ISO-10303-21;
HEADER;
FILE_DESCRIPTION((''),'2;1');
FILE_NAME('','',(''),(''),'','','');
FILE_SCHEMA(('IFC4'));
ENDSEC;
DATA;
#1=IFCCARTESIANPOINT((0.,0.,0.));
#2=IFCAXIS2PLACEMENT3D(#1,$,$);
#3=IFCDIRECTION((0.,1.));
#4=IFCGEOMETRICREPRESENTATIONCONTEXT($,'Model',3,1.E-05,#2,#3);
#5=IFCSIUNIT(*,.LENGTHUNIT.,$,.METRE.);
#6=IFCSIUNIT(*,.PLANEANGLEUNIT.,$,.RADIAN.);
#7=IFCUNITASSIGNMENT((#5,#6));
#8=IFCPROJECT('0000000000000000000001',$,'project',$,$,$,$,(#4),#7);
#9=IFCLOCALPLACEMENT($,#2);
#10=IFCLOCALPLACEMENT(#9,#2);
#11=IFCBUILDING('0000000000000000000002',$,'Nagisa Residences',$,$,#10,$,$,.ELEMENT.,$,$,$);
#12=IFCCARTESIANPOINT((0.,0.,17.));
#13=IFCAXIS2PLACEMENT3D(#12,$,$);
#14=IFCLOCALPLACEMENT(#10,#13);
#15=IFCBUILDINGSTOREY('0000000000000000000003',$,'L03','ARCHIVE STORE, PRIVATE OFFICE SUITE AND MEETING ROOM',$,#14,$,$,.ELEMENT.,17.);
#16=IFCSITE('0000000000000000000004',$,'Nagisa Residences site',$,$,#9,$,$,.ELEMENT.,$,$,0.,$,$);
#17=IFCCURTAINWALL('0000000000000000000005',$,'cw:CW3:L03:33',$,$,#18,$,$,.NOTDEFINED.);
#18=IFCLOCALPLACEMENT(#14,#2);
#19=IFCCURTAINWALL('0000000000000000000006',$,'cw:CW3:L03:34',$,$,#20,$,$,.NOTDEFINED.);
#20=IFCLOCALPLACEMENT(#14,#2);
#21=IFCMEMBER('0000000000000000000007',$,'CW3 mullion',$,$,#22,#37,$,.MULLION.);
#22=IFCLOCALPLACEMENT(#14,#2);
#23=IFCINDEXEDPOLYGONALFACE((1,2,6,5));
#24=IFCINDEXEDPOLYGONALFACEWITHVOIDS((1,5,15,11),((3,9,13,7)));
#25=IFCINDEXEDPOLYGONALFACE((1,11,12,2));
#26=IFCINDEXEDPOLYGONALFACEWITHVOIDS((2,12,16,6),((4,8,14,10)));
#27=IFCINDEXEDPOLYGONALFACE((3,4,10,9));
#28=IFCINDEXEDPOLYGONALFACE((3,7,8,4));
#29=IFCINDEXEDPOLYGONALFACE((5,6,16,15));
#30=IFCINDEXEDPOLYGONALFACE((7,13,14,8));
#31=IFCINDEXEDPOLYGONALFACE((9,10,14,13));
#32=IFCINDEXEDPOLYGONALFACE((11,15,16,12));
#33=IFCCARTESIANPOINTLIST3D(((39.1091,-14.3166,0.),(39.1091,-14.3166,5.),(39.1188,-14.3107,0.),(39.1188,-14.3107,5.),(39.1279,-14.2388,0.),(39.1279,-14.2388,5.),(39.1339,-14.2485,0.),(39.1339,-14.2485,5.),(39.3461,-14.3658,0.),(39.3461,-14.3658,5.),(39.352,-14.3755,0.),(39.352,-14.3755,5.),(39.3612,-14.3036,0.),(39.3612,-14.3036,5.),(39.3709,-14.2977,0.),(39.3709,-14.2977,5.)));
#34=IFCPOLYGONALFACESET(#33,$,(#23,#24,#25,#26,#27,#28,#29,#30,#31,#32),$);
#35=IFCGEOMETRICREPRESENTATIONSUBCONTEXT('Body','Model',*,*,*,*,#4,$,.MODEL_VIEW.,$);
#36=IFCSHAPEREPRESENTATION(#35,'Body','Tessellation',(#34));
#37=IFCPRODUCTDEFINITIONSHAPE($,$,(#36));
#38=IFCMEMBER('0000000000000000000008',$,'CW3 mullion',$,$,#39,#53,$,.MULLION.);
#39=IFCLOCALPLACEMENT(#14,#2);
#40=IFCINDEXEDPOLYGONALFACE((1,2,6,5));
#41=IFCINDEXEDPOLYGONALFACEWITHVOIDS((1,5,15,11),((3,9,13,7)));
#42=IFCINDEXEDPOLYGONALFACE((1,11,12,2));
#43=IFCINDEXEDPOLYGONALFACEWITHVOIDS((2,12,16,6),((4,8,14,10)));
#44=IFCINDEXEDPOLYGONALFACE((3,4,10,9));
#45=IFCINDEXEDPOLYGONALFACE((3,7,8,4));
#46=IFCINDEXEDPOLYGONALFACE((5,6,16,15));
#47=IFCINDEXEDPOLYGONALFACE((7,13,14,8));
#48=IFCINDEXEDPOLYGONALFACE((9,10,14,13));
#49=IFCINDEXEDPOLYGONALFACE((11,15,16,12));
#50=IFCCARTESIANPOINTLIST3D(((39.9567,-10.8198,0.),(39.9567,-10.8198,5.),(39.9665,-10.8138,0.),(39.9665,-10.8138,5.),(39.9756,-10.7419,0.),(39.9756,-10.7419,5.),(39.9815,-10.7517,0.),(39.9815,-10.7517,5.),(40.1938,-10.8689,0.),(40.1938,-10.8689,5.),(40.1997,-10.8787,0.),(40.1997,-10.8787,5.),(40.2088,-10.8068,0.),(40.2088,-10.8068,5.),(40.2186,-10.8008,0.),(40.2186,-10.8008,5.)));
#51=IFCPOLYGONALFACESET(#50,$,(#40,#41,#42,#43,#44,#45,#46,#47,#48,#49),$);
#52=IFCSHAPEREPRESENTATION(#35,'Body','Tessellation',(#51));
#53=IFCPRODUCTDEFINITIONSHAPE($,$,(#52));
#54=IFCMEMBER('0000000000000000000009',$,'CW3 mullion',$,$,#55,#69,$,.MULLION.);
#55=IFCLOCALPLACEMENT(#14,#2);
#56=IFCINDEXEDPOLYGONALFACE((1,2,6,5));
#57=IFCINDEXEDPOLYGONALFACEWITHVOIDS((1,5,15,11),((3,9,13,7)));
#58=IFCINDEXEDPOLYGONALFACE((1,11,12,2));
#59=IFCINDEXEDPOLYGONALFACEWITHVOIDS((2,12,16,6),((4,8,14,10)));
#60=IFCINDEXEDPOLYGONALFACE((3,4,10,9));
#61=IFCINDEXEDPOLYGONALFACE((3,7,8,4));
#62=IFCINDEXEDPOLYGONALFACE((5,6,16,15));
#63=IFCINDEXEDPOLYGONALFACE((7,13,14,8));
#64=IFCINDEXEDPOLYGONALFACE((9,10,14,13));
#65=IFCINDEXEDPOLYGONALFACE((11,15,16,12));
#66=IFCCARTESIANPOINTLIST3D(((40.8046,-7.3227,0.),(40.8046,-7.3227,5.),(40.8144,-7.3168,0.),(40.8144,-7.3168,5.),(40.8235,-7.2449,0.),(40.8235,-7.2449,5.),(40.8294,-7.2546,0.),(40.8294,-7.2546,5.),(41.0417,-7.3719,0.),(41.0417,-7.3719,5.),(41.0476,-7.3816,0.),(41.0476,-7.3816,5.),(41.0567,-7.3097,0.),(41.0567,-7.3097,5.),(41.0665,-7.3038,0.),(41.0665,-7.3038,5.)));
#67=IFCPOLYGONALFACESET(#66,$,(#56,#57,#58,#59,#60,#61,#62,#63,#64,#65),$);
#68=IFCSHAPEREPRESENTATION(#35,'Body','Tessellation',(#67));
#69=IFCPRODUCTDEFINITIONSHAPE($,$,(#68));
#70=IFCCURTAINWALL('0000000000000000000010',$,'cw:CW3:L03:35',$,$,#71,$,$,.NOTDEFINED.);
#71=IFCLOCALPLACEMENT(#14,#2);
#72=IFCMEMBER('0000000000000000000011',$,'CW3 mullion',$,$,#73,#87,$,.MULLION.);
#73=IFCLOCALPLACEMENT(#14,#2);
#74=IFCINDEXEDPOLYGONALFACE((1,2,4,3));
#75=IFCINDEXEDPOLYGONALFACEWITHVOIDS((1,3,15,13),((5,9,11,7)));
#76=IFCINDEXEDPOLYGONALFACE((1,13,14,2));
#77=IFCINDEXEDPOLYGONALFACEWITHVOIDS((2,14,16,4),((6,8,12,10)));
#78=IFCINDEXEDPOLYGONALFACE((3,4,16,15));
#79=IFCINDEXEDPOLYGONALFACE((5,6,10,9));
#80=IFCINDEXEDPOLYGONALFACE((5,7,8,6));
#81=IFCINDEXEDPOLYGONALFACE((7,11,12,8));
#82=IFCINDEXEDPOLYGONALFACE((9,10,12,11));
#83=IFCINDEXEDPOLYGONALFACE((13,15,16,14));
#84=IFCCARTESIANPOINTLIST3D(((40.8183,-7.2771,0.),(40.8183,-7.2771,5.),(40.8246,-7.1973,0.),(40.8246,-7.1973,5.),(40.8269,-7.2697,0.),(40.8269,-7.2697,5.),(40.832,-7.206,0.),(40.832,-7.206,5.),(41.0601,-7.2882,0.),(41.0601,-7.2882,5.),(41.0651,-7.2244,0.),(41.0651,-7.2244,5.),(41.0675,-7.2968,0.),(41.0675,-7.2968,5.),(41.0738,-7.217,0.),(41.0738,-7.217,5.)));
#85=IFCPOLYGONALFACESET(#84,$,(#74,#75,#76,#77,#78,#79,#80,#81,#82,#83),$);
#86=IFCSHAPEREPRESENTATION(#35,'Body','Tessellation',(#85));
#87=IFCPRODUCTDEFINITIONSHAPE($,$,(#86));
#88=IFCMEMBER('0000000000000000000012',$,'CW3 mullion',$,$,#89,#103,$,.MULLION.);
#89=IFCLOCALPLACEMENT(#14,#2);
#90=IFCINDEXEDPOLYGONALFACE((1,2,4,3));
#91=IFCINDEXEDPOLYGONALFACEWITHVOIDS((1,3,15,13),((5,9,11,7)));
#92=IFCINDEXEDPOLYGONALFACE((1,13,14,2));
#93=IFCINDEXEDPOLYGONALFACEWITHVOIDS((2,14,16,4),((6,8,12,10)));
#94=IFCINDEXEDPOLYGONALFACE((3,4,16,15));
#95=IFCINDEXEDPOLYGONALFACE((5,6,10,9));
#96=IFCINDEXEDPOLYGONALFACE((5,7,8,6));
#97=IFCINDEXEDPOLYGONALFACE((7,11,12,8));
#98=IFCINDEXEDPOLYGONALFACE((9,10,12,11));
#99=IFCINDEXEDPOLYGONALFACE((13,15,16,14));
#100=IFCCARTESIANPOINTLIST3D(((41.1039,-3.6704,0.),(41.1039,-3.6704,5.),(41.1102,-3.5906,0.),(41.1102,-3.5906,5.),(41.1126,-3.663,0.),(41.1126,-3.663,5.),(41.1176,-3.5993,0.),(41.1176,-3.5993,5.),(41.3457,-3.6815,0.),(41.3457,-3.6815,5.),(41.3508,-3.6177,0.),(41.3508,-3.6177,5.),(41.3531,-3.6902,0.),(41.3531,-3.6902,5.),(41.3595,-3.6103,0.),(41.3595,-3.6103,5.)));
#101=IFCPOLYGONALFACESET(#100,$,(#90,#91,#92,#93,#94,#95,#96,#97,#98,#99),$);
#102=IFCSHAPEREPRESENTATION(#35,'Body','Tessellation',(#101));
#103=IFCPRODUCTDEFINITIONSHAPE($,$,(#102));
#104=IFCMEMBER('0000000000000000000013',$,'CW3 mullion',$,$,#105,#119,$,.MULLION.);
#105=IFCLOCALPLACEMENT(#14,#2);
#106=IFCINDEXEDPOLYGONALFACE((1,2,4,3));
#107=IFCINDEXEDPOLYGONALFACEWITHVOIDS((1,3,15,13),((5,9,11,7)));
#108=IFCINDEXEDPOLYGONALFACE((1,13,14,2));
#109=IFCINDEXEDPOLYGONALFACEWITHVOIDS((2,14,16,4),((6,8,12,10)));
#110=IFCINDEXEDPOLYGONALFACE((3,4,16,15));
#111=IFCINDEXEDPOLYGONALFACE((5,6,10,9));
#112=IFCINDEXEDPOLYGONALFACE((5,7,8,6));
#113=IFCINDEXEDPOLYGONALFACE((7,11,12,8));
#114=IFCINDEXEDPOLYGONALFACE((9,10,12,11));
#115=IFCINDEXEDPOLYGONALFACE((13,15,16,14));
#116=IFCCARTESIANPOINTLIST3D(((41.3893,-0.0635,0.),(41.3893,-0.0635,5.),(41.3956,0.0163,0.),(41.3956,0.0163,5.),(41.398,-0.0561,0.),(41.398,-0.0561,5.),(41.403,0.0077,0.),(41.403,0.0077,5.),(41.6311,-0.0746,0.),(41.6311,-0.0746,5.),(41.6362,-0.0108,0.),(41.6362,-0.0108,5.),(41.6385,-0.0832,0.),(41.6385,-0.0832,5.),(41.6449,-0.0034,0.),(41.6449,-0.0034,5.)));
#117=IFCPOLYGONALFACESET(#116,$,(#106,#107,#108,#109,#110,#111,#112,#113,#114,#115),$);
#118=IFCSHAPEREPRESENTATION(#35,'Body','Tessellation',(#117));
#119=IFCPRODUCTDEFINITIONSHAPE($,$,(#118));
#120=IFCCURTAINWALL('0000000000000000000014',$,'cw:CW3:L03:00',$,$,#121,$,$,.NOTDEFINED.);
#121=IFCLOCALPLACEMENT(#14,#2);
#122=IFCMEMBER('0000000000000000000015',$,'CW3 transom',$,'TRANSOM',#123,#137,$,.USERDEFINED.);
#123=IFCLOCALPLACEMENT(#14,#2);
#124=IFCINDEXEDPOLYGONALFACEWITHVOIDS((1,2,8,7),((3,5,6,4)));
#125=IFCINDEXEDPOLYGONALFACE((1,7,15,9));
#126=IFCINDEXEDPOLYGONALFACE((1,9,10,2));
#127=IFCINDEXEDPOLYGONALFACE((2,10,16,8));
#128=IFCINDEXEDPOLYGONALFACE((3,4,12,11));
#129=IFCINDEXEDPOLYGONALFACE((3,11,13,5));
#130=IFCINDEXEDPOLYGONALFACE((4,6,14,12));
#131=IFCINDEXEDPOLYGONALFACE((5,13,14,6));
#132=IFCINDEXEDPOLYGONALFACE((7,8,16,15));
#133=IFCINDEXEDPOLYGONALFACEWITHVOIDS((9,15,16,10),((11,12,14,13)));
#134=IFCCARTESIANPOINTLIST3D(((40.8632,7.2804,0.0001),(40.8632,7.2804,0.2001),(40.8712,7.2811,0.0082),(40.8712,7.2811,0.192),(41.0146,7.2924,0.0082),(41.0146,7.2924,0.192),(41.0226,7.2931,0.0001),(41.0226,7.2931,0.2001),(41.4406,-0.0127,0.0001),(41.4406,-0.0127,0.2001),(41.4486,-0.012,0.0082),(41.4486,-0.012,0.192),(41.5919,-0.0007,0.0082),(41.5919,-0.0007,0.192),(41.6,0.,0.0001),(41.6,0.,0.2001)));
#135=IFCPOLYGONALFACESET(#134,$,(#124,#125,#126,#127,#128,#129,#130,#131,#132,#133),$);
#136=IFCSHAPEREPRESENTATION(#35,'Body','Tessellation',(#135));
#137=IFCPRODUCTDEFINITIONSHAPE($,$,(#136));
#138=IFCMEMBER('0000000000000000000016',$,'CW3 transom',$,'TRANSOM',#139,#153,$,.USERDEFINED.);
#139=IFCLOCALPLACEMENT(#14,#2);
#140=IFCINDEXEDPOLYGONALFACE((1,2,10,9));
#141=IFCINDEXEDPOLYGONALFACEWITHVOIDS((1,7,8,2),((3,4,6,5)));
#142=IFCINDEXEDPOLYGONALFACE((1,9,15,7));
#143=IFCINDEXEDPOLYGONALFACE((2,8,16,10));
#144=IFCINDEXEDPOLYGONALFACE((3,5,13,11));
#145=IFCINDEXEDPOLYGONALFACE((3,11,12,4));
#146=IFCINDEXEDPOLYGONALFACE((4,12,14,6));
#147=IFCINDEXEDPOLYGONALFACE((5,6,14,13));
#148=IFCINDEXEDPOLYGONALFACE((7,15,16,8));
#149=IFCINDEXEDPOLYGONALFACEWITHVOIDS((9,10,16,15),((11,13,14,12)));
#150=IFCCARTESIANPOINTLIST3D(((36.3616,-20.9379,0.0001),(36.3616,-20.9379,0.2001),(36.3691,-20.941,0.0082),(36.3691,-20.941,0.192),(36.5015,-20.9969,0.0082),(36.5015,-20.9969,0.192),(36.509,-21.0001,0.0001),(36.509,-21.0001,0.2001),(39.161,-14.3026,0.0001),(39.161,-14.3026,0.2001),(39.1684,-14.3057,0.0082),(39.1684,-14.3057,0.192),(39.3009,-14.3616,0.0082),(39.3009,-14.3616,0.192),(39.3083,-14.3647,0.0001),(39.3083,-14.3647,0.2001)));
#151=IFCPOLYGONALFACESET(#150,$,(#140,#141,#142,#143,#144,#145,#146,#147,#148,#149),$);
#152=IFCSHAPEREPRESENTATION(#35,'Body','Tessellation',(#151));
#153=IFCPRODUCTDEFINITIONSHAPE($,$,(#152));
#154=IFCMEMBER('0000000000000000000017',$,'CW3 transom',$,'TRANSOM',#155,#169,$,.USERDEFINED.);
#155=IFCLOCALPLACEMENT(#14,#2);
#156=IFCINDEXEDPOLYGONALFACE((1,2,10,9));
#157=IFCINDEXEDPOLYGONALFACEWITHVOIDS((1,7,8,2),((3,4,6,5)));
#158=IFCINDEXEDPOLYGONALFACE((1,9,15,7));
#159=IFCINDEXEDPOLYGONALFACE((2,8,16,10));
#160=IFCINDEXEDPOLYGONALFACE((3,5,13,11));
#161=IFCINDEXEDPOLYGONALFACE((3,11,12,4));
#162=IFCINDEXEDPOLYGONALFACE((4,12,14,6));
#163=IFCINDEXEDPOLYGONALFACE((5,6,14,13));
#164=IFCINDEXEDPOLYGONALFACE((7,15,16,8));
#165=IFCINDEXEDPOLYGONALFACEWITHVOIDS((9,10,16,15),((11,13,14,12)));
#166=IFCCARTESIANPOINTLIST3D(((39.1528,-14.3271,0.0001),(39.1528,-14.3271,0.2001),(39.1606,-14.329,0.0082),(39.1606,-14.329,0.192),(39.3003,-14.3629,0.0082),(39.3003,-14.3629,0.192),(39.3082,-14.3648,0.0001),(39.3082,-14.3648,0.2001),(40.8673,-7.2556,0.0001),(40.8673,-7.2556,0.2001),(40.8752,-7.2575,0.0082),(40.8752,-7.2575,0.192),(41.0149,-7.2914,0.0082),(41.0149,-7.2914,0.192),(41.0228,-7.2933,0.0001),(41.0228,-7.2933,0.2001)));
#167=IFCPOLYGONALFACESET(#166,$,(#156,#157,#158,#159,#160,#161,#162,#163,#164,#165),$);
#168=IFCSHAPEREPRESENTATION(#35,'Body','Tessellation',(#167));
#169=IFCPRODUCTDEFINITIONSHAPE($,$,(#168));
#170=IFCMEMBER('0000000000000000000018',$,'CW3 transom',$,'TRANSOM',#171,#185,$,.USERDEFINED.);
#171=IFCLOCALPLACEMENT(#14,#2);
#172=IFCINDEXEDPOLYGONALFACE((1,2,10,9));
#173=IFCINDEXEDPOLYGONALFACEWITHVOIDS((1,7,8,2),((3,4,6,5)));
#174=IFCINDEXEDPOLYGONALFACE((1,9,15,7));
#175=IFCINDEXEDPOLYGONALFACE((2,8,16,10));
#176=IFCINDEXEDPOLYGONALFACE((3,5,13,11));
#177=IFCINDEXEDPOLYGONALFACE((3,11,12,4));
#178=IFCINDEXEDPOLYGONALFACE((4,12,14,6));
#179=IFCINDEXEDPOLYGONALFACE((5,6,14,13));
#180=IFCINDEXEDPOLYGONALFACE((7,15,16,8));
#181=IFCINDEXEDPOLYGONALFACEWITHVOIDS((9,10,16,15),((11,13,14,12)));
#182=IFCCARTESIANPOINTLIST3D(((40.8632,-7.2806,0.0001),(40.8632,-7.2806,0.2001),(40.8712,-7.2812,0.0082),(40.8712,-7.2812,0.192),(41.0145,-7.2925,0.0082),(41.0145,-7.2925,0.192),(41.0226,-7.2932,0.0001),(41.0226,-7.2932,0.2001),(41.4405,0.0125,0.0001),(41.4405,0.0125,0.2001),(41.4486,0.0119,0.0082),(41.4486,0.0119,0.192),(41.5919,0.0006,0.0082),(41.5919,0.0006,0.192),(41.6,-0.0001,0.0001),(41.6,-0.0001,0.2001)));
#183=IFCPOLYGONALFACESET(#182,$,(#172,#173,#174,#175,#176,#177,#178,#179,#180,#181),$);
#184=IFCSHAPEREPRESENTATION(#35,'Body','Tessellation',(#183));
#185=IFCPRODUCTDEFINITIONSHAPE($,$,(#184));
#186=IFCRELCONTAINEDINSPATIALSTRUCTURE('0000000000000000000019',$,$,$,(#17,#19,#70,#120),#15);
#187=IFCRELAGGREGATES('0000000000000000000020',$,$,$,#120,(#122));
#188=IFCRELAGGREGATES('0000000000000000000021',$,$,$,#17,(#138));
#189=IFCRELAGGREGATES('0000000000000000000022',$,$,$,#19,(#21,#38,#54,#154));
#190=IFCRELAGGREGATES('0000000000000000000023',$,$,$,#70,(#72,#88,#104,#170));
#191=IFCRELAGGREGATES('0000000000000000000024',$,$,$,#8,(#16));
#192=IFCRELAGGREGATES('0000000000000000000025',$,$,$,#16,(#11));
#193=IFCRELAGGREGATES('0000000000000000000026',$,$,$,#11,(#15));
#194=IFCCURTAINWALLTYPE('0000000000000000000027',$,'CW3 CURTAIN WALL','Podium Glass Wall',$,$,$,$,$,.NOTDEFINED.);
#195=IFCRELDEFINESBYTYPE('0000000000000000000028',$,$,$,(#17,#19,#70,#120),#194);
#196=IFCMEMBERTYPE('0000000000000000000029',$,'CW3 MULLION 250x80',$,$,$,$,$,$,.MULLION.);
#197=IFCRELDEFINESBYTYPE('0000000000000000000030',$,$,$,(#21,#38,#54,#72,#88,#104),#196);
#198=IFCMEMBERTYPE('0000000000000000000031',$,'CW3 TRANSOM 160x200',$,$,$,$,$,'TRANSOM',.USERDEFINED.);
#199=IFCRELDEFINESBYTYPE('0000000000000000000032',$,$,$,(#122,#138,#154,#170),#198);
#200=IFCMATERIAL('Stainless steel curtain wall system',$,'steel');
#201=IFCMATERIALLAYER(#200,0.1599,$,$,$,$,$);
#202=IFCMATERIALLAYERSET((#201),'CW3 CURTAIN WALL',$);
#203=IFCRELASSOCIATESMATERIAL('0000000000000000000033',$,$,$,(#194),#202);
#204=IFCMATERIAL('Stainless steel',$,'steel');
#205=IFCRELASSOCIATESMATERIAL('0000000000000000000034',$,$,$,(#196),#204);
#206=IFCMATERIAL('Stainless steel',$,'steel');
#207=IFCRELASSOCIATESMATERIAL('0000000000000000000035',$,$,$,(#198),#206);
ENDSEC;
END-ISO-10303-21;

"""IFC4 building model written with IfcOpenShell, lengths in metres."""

from ifc_helpers import new_model, si_unit, direction, frame, origin, origin_2d, place, context, subcontext, project, spatial, hollow_rectangle, extrude, material, layer, layer_set, material_profile, profile_set, type_object, element, aggregate, save


model = new_model("IFC4")

# Units and contexts
model_context = context("Model", 3, precision=1e-05, world=origin(), true_north=direction((0.0, 1.0)))
body_context = subcontext(model_context, "Body", "Model", "MODEL_VIEW")
ifc_project = project(units=[si_unit("LENGTHUNIT", "METRE"), si_unit("PLANEANGLEUNIT", "RADIAN")], contexts=[model_context])

# Site, building, storey
site_placement = place(None, origin())
site = spatial("IfcSite", under=ifc_project, at=site_placement, Name="Nagisa Residences site", CompositionType="ELEMENT", RefElevation=0.0)
building_placement = place(site_placement, origin())
building = spatial("IfcBuilding", under=site, at=building_placement, Name="Nagisa Residences", CompositionType="ELEMENT")
storey_placement = place(building_placement, frame((0.0, 0.0, 17.0)))
storey = spatial("IfcBuildingStorey", under=building, at=storey_placement, Name="L03", Description="ARCHIVE STORE, PRIVATE OFFICE SUITE AND MEETING ROOM", CompositionType="ELEMENT", Elevation=17.0)

# Shared definitions
ifc_material_1 = material(Name="Stainless steel curtain wall system", Category="steel")
ifc_layer_1 = layer(ifc_material_1, 0.1599)
ifc_layer_set_1 = layer_set([ifc_layer_1], Name="CW3 CURTAIN WALL")
curtain_wall_type_1 = type_object("IfcCurtainWallType", Name="CW3 CURTAIN WALL", Description="Podium Glass Wall", PredefinedType="NOTDEFINED", material=ifc_layer_set_1)
ifc_material_2 = material(Name="Stainless steel", Category="steel")
ifc_material_profile_1 = material_profile(ifc_material_2, hollow_rectangle(XDim=0.25, YDim=0.0801, WallThickness=0.0081, at=origin_2d()), Name="CW3 MULLION 250x80")
ifc_profile_set_1 = profile_set([ifc_material_profile_1], Name="Stainless steel")
member_type_1 = type_object("IfcMemberType", Name="CW3 MULLION 250x80", PredefinedType="MULLION", material=ifc_profile_set_1)

# Curtain walls, members
curtain_wall_1_placement = place(storey_placement, origin())
curtain_wall_1 = element("IfcCurtainWall", 1, at=curtain_wall_1_placement, inside=storey, type_object=curtain_wall_type_1, Name="cw:CW3:L03:33", PredefinedType="NOTDEFINED")
curtain_wall_2_placement = place(storey_placement, origin())
curtain_wall_2 = element("IfcCurtainWall", 2, at=curtain_wall_2_placement, inside=storey, type_object=curtain_wall_type_1, Name="cw:CW3:L03:34", PredefinedType="NOTDEFINED")
member_1_placement = place(storey_placement, frame((39.24, -14.3071, 0.0), z_axis=(0.0, 0.0, 1.0), x_axis=(-0.971849, 0.235606, 0.0)))
member_1 = element("IfcMember", 3, at=member_1_placement, type_object=member_type_1, Name="CW3 mullion", PredefinedType="MULLION", context=body_context, shape_type="SweptSolid", body=[
    extrude(hollow_rectangle(XDim=0.25, YDim=0.0801, WallThickness=0.0081, at=origin_2d()), origin(), (0.0, 0.0, 1.0), 5.0),
])
member_2_placement = place(storey_placement, frame((40.0876, -10.8103, 0.0), z_axis=(0.0, 0.0, 1.0), x_axis=(-0.971849, 0.235606, 0.0)))
member_2 = element("IfcMember", 4, at=member_2_placement, type_object=member_type_1, Name="CW3 mullion", PredefinedType="MULLION", context=body_context, shape_type="SweptSolid", body=[
    extrude(hollow_rectangle(XDim=0.25, YDim=0.0801, WallThickness=0.0081, at=origin_2d()), origin(), (0.0, 0.0, 1.0), 5.0),
])
member_3_placement = place(storey_placement, frame((40.9355, -7.3132, 0.0), z_axis=(0.0, 0.0, 1.0), x_axis=(-0.971849, 0.235606, 0.0)))
member_3 = element("IfcMember", 5, at=member_3_placement, type_object=member_type_1, Name="CW3 mullion", PredefinedType="MULLION", context=body_context, shape_type="SweptSolid", body=[
    extrude(hollow_rectangle(XDim=0.25, YDim=0.0801, WallThickness=0.0081, at=origin_2d()), origin(), (0.0, 0.0, 1.0), 5.0),
])
curtain_wall_3_placement = place(storey_placement, origin())
curtain_wall_3 = element("IfcCurtainWall", 6, at=curtain_wall_3_placement, inside=storey, type_object=curtain_wall_type_1, Name="cw:CW3:L03:35", PredefinedType="NOTDEFINED")
member_4_placement = place(storey_placement, frame((40.946, -7.2471, 0.0), z_axis=(0.0, 0.0, 1.0), x_axis=(-0.996882, 0.07891, 0.0)))
member_4 = element("IfcMember", 7, at=member_4_placement, type_object=member_type_1, Name="CW3 mullion", PredefinedType="MULLION", context=body_context, shape_type="SweptSolid", body=[
    extrude(hollow_rectangle(XDim=0.25, YDim=0.0801, WallThickness=0.0081, at=origin_2d()), origin(), (0.0, 0.0, 1.0), 5.0),
])
member_5_placement = place(storey_placement, frame((41.2317, -3.6404, 0.0), z_axis=(0.0, 0.0, 1.0), x_axis=(-0.996882, 0.07891, 0.0)))
member_5 = element("IfcMember", 8, at=member_5_placement, type_object=member_type_1, Name="CW3 mullion", PredefinedType="MULLION", context=body_context, shape_type="SweptSolid", body=[
    extrude(hollow_rectangle(XDim=0.25, YDim=0.0801, WallThickness=0.0081, at=origin_2d()), origin(), (0.0, 0.0, 1.0), 5.0),
])
member_6_placement = place(storey_placement, frame((41.5171, -0.0334, 0.0), z_axis=(0.0, 0.0, 1.0), x_axis=(-0.996882, 0.07891, 0.0)))
member_6 = element("IfcMember", 9, at=member_6_placement, type_object=member_type_1, Name="CW3 mullion", PredefinedType="MULLION", context=body_context, shape_type="SweptSolid", body=[
    extrude(hollow_rectangle(XDim=0.25, YDim=0.0801, WallThickness=0.0081, at=origin_2d()), origin(), (0.0, 0.0, 1.0), 5.0),
])

# Curtain wall, member
curtain_wall_4_placement = place(storey_placement, origin())
curtain_wall_4 = element("IfcCurtainWall", 10, at=curtain_wall_4_placement, inside=storey, type_object=curtain_wall_type_1, Name="cw:CW3:L03:00", PredefinedType="NOTDEFINED")
ifc_material_3 = material(Name="Stainless steel", Category="steel")
ifc_material_profile_2 = material_profile(ifc_material_3, hollow_rectangle(XDim=0.1599, YDim=0.2, WallThickness=0.0081, at=origin_2d()), Name="CW3 TRANSOM 160x200")
ifc_profile_set_2 = profile_set([ifc_material_profile_2], Name="Stainless steel")
member_type_2 = type_object("IfcMemberType", Name="CW3 TRANSOM 160x200", ElementType="TRANSOM", PredefinedType="USERDEFINED", material=ifc_profile_set_2)
member_7_placement = place(storey_placement, frame((41.5203, -0.0063, 0.1001), z_axis=(-0.078922, 0.996881, 0.0), x_axis=(-0.996881, -0.078922, 0.0)))
member_7 = element("IfcMember", 11, at=member_7_placement, type_object=member_type_2, Name="CW3 transom", ObjectType="TRANSOM", PredefinedType="USERDEFINED", context=body_context, shape_type="SweptSolid", body=[
    extrude(hollow_rectangle(XDim=0.1599, YDim=0.2, WallThickness=0.0081, at=origin_2d()), origin(), (0.0, 0.0, 1.0), 7.3159),
])
aggregate(curtain_wall_4, [member_7])

# Members
member_8_placement = place(storey_placement, frame((36.4353, -20.969, 0.1001), z_axis=(0.388709, 0.921361, 0.0), x_axis=(-0.921361, 0.388709, 0.0)))
member_8 = element("IfcMember", 12, at=member_8_placement, type_object=member_type_2, Name="CW3 transom", ObjectType="TRANSOM", PredefinedType="USERDEFINED", context=body_context, shape_type="SweptSolid", body=[
    extrude(hollow_rectangle(XDim=0.1599, YDim=0.2, WallThickness=0.0081, at=origin_2d()), origin(), (0.0, 0.0, 1.0), 7.2017),
])
member_9_placement = place(storey_placement, frame((39.2305, -14.3459, 0.1001), z_axis=(0.235637, 0.971841, 0.0), x_axis=(-0.971841, 0.235637, 0.0)))
member_9 = element("IfcMember", 13, at=member_9_placement, type_object=member_type_2, Name="CW3 transom", ObjectType="TRANSOM", PredefinedType="USERDEFINED", context=body_context, shape_type="SweptSolid", body=[
    extrude(hollow_rectangle(XDim=0.1599, YDim=0.2, WallThickness=0.0081, at=origin_2d()), origin(), (0.0, 0.0, 1.0), 7.2764),
])
member_10_placement = place(storey_placement, frame((40.9429, -7.2869, 0.1001), z_axis=(0.078922, 0.996881, 0.0), x_axis=(-0.996881, 0.078922, 0.0)))
member_10 = element("IfcMember", 14, at=member_10_placement, type_object=member_type_2, Name="CW3 transom", ObjectType="TRANSOM", PredefinedType="USERDEFINED", context=body_context, shape_type="SweptSolid", body=[
    extrude(hollow_rectangle(XDim=0.1599, YDim=0.2, WallThickness=0.0081, at=origin_2d()), origin(), (0.0, 0.0, 1.0), 7.3159),
])

aggregate(curtain_wall_1, [member_8])
aggregate(curtain_wall_2, [member_1, member_2, member_3, member_9])
aggregate(curtain_wall_3, [member_4, member_5, member_6, member_10])

save(model, "model.ifc")
